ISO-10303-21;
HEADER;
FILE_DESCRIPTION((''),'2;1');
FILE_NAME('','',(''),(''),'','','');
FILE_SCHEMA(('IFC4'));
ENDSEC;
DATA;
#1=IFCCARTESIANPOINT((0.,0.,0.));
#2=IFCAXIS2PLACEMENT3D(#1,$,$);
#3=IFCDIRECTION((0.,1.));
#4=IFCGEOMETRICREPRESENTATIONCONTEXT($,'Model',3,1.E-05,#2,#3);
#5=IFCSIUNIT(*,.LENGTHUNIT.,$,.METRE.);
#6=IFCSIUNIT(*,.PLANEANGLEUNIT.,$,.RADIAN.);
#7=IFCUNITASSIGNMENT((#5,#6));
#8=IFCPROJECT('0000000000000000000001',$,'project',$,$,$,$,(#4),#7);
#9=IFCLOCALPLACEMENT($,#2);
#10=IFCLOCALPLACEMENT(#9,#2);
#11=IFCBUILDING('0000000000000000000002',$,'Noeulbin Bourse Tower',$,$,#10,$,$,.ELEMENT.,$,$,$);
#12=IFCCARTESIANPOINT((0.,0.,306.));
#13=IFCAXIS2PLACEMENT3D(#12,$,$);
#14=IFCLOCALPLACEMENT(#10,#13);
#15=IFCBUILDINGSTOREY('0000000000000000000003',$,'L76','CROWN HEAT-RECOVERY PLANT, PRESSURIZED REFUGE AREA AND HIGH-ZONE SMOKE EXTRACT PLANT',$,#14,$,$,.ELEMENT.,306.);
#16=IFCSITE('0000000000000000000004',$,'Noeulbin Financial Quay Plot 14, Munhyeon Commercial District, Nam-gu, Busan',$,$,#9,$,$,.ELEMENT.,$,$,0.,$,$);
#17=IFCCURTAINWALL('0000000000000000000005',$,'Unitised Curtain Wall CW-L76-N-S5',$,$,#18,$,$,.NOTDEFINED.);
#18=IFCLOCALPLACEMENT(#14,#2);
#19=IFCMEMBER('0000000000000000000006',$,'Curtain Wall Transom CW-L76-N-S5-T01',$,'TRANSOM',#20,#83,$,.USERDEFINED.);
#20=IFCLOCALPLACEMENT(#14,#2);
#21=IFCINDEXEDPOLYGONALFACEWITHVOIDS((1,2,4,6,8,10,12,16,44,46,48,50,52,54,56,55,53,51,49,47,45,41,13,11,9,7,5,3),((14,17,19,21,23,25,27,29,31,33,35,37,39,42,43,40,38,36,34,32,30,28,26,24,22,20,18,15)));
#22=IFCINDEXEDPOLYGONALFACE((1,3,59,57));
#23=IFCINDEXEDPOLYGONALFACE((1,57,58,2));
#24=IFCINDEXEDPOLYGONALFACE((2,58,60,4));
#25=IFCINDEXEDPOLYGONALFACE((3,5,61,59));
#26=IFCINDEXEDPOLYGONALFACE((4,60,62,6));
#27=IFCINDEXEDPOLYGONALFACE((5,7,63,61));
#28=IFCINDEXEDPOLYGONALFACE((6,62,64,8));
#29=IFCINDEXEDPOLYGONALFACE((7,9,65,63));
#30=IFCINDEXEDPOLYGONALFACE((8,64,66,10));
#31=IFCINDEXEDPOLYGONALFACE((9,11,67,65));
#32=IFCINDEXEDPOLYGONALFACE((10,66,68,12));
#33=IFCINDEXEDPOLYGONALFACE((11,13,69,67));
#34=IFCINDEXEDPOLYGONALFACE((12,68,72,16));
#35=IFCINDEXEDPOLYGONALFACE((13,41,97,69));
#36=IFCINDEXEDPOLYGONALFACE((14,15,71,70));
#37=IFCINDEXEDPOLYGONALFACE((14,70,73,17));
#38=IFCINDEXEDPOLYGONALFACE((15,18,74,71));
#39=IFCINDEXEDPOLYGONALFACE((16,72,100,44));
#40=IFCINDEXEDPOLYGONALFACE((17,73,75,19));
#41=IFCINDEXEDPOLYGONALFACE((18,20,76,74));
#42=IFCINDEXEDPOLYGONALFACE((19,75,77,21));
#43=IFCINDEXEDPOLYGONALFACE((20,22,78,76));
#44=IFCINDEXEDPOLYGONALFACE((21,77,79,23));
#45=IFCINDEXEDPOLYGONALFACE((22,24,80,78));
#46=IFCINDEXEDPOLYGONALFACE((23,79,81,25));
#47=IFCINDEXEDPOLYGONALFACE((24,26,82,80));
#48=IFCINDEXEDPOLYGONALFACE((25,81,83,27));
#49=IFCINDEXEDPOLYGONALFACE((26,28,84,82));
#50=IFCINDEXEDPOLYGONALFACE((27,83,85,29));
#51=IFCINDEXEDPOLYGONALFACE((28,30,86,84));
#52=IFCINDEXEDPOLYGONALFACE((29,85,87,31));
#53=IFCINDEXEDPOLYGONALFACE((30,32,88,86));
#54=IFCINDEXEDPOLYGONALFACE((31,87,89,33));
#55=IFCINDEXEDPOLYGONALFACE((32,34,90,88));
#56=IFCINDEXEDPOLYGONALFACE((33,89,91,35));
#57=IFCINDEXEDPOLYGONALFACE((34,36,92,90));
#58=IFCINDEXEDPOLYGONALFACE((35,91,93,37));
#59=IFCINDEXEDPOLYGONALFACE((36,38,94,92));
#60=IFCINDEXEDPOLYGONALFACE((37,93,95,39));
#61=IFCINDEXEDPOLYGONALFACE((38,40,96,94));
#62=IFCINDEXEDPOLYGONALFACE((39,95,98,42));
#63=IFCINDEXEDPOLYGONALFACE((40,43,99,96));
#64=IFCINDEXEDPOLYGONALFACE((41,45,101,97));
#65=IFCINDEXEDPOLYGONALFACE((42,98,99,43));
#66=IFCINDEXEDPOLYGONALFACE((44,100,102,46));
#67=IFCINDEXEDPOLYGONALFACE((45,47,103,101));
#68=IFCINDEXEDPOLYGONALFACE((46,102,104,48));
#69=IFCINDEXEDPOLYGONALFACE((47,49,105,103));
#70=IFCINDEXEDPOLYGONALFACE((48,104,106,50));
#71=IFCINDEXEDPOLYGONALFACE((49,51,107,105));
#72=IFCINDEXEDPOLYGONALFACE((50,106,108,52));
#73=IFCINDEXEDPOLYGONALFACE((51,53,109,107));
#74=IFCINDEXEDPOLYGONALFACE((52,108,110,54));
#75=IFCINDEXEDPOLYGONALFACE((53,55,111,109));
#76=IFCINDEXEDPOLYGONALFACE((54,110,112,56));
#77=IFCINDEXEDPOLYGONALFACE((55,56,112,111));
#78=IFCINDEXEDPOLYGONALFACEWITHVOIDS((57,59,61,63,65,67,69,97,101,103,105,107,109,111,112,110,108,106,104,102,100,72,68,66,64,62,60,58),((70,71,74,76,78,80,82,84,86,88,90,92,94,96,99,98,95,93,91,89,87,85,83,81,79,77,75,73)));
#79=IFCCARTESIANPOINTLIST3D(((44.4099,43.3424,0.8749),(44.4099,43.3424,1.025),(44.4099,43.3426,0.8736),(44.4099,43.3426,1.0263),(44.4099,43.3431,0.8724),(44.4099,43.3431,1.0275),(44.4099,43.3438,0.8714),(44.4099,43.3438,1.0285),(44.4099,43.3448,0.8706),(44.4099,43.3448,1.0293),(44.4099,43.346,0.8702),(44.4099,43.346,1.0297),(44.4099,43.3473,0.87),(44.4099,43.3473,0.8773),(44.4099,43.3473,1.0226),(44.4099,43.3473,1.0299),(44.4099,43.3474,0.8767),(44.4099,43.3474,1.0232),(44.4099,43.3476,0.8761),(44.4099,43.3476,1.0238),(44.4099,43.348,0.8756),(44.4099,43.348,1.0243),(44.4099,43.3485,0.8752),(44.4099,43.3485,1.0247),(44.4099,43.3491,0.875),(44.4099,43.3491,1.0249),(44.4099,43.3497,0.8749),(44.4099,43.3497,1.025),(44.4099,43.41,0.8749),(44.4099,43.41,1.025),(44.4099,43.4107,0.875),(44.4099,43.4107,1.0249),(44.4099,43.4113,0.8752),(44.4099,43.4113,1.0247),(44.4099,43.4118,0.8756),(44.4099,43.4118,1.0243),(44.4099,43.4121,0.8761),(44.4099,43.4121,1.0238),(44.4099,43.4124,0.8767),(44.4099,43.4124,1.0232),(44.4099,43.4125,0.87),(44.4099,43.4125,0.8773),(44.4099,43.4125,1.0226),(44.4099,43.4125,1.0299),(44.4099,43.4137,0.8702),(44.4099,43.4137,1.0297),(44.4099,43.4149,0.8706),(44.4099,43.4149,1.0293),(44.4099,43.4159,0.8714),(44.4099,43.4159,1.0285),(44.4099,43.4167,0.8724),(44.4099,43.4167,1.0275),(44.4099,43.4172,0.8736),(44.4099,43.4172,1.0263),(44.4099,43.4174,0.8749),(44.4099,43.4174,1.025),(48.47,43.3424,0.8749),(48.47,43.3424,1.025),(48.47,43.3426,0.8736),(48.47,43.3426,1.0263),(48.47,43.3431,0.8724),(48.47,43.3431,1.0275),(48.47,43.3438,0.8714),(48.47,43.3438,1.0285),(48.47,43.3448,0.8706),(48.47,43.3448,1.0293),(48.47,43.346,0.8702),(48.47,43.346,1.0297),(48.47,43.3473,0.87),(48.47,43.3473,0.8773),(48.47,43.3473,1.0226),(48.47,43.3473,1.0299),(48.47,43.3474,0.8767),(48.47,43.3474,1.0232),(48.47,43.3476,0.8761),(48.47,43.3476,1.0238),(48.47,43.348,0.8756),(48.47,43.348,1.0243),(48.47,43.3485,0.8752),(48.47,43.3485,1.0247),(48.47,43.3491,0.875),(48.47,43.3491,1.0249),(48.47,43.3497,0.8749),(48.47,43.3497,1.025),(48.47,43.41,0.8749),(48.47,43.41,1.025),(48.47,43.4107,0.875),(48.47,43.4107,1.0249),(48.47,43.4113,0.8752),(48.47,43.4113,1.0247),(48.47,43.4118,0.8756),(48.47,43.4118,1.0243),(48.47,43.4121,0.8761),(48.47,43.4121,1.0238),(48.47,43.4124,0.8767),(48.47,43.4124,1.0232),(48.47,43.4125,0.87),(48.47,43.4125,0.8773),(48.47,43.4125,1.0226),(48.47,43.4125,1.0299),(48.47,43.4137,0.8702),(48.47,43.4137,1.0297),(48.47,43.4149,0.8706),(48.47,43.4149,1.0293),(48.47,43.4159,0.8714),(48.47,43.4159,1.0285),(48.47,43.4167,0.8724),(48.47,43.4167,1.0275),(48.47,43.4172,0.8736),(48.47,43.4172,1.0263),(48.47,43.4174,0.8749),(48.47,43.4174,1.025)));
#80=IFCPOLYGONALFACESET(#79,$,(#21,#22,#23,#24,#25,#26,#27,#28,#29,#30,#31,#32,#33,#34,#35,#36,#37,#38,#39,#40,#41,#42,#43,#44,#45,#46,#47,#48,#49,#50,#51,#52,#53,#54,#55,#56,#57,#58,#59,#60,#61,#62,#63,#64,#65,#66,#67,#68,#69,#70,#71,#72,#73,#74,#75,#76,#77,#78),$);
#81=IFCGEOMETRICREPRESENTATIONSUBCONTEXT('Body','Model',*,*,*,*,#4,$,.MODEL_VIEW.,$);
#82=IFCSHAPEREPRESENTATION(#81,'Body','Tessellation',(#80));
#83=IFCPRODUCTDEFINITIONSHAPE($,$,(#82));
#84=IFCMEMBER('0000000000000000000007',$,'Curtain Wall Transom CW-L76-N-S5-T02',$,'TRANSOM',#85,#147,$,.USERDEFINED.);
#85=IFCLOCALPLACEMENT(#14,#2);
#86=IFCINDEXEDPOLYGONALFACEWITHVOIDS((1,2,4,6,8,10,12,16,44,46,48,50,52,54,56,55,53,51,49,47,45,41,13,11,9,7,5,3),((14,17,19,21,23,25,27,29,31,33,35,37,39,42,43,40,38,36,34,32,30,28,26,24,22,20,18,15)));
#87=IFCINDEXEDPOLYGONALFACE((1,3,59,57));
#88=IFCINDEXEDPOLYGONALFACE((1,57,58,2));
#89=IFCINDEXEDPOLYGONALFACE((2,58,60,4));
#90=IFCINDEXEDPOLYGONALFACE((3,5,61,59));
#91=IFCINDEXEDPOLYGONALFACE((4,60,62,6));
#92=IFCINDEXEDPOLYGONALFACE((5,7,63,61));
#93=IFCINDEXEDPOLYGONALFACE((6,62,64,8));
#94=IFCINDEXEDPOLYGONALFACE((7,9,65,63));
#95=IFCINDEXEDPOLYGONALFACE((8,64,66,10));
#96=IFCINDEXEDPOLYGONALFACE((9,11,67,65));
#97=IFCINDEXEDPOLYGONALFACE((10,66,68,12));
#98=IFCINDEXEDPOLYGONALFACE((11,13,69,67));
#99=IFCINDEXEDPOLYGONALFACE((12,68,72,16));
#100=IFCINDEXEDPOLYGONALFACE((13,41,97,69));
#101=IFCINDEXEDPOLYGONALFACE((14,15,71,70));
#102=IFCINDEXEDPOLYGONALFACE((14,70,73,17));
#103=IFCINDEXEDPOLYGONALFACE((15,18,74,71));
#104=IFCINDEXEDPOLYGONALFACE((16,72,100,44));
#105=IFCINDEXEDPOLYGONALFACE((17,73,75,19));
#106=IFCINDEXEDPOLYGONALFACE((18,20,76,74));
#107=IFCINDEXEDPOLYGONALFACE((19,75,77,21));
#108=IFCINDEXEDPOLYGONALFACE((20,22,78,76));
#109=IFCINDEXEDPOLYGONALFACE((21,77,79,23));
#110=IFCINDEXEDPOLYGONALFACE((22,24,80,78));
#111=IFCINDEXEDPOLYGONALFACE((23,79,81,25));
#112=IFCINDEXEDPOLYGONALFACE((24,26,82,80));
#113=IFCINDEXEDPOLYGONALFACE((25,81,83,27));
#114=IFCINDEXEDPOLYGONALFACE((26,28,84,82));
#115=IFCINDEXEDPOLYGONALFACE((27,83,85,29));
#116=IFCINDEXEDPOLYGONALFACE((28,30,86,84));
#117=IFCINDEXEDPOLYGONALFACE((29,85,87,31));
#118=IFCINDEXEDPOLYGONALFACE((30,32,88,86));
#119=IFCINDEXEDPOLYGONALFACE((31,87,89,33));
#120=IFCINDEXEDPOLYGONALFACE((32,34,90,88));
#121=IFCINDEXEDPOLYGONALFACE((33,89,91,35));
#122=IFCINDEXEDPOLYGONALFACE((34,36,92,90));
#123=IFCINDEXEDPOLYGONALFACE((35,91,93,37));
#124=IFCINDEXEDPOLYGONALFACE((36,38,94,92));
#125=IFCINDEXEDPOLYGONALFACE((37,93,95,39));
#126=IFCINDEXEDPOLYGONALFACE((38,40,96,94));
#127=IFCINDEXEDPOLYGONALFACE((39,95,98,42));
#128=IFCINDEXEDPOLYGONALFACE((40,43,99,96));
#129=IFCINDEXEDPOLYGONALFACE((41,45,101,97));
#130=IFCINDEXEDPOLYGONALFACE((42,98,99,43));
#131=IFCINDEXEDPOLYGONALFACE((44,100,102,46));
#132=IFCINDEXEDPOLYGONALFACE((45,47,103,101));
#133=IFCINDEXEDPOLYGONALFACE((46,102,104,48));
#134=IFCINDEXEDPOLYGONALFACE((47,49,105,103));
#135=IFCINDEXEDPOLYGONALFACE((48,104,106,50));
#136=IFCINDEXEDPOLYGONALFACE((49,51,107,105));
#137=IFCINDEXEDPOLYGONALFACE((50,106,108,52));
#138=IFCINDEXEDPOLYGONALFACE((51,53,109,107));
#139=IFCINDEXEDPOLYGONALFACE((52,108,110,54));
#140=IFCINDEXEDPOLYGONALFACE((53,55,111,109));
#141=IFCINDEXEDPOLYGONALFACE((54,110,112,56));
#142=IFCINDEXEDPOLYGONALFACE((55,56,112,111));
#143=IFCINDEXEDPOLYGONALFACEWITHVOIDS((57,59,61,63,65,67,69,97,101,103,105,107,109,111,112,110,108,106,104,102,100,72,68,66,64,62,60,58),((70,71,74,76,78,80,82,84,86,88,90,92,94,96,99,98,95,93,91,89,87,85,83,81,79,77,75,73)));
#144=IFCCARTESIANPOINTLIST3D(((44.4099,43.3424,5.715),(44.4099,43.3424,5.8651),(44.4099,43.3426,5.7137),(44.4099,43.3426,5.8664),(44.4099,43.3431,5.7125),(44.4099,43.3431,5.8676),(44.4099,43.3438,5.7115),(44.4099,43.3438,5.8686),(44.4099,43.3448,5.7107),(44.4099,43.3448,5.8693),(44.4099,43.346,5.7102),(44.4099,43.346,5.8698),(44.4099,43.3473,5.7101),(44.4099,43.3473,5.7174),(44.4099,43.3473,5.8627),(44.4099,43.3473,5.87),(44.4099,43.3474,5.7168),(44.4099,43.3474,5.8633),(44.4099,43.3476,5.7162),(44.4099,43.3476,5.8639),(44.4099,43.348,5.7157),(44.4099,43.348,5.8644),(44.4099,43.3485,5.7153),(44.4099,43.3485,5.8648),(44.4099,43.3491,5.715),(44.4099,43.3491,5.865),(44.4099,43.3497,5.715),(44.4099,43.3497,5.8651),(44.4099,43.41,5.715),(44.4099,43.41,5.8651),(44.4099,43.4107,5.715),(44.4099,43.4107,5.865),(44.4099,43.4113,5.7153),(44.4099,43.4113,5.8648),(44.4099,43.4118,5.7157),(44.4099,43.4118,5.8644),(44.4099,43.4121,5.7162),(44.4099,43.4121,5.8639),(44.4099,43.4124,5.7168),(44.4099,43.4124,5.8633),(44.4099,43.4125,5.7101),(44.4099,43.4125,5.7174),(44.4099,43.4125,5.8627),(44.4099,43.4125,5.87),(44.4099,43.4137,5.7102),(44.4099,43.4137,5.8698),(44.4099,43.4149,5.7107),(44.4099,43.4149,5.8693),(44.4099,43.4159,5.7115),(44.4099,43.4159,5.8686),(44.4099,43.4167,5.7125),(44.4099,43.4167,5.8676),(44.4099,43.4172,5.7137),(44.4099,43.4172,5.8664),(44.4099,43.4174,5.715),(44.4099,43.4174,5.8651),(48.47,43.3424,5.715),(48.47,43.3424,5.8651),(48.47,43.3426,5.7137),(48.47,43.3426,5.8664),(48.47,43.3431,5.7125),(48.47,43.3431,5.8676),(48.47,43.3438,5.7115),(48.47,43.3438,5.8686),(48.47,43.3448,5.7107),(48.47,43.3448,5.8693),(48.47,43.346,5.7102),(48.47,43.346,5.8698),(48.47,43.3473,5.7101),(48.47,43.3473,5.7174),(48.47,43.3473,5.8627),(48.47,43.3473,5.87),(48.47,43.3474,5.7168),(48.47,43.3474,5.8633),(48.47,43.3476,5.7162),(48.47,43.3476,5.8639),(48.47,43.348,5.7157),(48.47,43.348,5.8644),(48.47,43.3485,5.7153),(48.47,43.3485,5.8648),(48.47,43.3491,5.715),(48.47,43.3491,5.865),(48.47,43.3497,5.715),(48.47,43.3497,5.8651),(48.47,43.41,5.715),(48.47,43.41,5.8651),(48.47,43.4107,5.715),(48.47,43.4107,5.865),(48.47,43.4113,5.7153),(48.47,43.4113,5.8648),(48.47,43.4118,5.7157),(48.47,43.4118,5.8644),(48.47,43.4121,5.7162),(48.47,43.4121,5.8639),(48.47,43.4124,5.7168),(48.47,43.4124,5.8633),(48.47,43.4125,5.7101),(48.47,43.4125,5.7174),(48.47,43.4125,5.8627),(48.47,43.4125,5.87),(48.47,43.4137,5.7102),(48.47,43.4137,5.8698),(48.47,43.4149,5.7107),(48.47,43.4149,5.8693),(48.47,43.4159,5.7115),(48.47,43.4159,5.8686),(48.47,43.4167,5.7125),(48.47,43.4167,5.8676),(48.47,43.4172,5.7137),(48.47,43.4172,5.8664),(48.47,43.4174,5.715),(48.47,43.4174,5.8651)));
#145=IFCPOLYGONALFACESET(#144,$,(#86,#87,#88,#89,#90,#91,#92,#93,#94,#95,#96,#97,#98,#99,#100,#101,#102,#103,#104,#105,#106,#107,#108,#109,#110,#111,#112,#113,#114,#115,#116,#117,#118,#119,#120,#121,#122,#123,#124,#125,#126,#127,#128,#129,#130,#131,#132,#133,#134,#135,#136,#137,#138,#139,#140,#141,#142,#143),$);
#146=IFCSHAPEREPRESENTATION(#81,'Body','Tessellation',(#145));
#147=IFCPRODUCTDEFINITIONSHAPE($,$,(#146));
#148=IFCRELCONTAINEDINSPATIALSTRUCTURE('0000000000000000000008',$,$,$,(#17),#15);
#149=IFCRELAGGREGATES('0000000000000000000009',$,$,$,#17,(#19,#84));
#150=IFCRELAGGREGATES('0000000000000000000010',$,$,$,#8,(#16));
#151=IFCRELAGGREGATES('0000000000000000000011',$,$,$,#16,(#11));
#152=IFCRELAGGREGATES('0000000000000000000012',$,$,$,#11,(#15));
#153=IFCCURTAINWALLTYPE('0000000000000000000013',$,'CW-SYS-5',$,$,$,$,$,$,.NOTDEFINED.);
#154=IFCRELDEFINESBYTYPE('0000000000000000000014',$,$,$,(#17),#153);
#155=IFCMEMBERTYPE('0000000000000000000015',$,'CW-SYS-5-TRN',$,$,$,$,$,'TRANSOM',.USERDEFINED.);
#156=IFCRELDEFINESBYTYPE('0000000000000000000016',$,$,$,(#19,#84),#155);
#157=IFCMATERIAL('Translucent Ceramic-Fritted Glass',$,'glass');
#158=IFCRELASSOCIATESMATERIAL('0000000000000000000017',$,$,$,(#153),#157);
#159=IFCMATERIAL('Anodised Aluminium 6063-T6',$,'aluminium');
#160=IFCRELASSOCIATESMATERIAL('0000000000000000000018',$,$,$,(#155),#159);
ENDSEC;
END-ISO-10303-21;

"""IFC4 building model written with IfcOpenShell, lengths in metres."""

from ifc_helpers import new_model, si_unit, direction, frame, origin, origin_2d, place, context, subcontext, project, spatial, hollow_rectangle, extrude, material, material_profile, profile_set, type_object, element, aggregate, save


model = new_model("IFC4")

# Units and contexts
model_context = context("Model", 3, precision=1e-05, world=origin(), true_north=direction((0.0, 1.0)))
body_context = subcontext(model_context, "Body", "Model", "MODEL_VIEW")
ifc_project = project(units=[si_unit("LENGTHUNIT", "METRE"), si_unit("PLANEANGLEUNIT", "RADIAN")], contexts=[model_context])

# Site, building, storey
site_placement = place(None, origin())
site = spatial("IfcSite", under=ifc_project, at=site_placement, Name="Noeulbin Financial Quay Plot 14, Munhyeon Commercial District, Nam-gu, Busan", CompositionType="ELEMENT", RefElevation=0.0)
building_placement = place(site_placement, origin())
building = spatial("IfcBuilding", under=site, at=building_placement, Name="Noeulbin Bourse Tower", CompositionType="ELEMENT")
storey_placement = place(building_placement, frame((0.0, 0.0, 306.0)))
storey = spatial("IfcBuildingStorey", under=building, at=storey_placement, Name="L76", Description="CROWN HEAT-RECOVERY PLANT, PRESSURIZED REFUGE AREA AND HIGH-ZONE SMOKE EXTRACT PLANT", CompositionType="ELEMENT", Elevation=306.0)

# Shared definitions
ifc_material_1 = material(Name="Translucent Ceramic-Fritted Glass", Category="glass")
curtain_wall_type = type_object("IfcCurtainWallType", Name="CW-SYS-5", PredefinedType="NOTDEFINED", material=ifc_material_1)
ifc_material_2 = material(Name="Anodised Aluminium 6063-T6", Category="aluminium")

# Curtain wall
curtain_wall_1_placement = place(storey_placement, origin())
curtain_wall_1 = element("IfcCurtainWall", 1, at=curtain_wall_1_placement, inside=storey, type_object=curtain_wall_type, Name="Unitised Curtain Wall CW-L76-N-S5", PredefinedType="NOTDEFINED")

# Members
ifc_material_profile_1 = material_profile(ifc_material_2, hollow_rectangle(XDim=0.075, YDim=0.1599, WallThickness=0.0049, InnerFilletRadius=0.0024, OuterFilletRadius=0.0049, at=origin_2d()), Name="ALU-TRAN-75x160x5", Category="LoadBearing")
ifc_profile_set_1 = profile_set([ifc_material_profile_1], Name="Anodised Aluminium 6063-T6")
member_type_1 = type_object("IfcMemberType", Name="CW-SYS-5-TRN", ElementType="TRANSOM", PredefinedType="USERDEFINED", material=ifc_profile_set_1)
member_1_placement = place(storey_placement, frame((44.4099, 43.3799, 0.95), z_axis=(1.0, 0.0, 0.0), x_axis=(0.0, 1.0, 0.0)))
member_1 = element("IfcMember", 2, at=member_1_placement, type_object=member_type_1, Name="Curtain Wall Transom CW-L76-N-S5-T01", ObjectType="TRANSOM", PredefinedType="USERDEFINED", context=body_context, shape_type="SweptSolid", body=[
    extrude(hollow_rectangle(XDim=0.075, YDim=0.1599, WallThickness=0.0049, InnerFilletRadius=0.0024, OuterFilletRadius=0.0049, at=origin_2d()), origin(), (0.0, 0.0, 1.0), 4.0601),
])
member_2_placement = place(storey_placement, frame((44.4099, 43.3799, 5.79), z_axis=(1.0, 0.0, 0.0), x_axis=(0.0, 1.0, 0.0)))
member_2 = element("IfcMember", 3, at=member_2_placement, type_object=member_type_1, Name="Curtain Wall Transom CW-L76-N-S5-T02", ObjectType="TRANSOM", PredefinedType="USERDEFINED", context=body_context, shape_type="SweptSolid", body=[
    extrude(hollow_rectangle(XDim=0.075, YDim=0.1599, WallThickness=0.0049, InnerFilletRadius=0.0024, OuterFilletRadius=0.0049, at=origin_2d()), origin(), (0.0, 0.0, 1.0), 4.0601),
])

aggregate(curtain_wall_1, [member_1, member_2])

save(model, "model.ifc")
